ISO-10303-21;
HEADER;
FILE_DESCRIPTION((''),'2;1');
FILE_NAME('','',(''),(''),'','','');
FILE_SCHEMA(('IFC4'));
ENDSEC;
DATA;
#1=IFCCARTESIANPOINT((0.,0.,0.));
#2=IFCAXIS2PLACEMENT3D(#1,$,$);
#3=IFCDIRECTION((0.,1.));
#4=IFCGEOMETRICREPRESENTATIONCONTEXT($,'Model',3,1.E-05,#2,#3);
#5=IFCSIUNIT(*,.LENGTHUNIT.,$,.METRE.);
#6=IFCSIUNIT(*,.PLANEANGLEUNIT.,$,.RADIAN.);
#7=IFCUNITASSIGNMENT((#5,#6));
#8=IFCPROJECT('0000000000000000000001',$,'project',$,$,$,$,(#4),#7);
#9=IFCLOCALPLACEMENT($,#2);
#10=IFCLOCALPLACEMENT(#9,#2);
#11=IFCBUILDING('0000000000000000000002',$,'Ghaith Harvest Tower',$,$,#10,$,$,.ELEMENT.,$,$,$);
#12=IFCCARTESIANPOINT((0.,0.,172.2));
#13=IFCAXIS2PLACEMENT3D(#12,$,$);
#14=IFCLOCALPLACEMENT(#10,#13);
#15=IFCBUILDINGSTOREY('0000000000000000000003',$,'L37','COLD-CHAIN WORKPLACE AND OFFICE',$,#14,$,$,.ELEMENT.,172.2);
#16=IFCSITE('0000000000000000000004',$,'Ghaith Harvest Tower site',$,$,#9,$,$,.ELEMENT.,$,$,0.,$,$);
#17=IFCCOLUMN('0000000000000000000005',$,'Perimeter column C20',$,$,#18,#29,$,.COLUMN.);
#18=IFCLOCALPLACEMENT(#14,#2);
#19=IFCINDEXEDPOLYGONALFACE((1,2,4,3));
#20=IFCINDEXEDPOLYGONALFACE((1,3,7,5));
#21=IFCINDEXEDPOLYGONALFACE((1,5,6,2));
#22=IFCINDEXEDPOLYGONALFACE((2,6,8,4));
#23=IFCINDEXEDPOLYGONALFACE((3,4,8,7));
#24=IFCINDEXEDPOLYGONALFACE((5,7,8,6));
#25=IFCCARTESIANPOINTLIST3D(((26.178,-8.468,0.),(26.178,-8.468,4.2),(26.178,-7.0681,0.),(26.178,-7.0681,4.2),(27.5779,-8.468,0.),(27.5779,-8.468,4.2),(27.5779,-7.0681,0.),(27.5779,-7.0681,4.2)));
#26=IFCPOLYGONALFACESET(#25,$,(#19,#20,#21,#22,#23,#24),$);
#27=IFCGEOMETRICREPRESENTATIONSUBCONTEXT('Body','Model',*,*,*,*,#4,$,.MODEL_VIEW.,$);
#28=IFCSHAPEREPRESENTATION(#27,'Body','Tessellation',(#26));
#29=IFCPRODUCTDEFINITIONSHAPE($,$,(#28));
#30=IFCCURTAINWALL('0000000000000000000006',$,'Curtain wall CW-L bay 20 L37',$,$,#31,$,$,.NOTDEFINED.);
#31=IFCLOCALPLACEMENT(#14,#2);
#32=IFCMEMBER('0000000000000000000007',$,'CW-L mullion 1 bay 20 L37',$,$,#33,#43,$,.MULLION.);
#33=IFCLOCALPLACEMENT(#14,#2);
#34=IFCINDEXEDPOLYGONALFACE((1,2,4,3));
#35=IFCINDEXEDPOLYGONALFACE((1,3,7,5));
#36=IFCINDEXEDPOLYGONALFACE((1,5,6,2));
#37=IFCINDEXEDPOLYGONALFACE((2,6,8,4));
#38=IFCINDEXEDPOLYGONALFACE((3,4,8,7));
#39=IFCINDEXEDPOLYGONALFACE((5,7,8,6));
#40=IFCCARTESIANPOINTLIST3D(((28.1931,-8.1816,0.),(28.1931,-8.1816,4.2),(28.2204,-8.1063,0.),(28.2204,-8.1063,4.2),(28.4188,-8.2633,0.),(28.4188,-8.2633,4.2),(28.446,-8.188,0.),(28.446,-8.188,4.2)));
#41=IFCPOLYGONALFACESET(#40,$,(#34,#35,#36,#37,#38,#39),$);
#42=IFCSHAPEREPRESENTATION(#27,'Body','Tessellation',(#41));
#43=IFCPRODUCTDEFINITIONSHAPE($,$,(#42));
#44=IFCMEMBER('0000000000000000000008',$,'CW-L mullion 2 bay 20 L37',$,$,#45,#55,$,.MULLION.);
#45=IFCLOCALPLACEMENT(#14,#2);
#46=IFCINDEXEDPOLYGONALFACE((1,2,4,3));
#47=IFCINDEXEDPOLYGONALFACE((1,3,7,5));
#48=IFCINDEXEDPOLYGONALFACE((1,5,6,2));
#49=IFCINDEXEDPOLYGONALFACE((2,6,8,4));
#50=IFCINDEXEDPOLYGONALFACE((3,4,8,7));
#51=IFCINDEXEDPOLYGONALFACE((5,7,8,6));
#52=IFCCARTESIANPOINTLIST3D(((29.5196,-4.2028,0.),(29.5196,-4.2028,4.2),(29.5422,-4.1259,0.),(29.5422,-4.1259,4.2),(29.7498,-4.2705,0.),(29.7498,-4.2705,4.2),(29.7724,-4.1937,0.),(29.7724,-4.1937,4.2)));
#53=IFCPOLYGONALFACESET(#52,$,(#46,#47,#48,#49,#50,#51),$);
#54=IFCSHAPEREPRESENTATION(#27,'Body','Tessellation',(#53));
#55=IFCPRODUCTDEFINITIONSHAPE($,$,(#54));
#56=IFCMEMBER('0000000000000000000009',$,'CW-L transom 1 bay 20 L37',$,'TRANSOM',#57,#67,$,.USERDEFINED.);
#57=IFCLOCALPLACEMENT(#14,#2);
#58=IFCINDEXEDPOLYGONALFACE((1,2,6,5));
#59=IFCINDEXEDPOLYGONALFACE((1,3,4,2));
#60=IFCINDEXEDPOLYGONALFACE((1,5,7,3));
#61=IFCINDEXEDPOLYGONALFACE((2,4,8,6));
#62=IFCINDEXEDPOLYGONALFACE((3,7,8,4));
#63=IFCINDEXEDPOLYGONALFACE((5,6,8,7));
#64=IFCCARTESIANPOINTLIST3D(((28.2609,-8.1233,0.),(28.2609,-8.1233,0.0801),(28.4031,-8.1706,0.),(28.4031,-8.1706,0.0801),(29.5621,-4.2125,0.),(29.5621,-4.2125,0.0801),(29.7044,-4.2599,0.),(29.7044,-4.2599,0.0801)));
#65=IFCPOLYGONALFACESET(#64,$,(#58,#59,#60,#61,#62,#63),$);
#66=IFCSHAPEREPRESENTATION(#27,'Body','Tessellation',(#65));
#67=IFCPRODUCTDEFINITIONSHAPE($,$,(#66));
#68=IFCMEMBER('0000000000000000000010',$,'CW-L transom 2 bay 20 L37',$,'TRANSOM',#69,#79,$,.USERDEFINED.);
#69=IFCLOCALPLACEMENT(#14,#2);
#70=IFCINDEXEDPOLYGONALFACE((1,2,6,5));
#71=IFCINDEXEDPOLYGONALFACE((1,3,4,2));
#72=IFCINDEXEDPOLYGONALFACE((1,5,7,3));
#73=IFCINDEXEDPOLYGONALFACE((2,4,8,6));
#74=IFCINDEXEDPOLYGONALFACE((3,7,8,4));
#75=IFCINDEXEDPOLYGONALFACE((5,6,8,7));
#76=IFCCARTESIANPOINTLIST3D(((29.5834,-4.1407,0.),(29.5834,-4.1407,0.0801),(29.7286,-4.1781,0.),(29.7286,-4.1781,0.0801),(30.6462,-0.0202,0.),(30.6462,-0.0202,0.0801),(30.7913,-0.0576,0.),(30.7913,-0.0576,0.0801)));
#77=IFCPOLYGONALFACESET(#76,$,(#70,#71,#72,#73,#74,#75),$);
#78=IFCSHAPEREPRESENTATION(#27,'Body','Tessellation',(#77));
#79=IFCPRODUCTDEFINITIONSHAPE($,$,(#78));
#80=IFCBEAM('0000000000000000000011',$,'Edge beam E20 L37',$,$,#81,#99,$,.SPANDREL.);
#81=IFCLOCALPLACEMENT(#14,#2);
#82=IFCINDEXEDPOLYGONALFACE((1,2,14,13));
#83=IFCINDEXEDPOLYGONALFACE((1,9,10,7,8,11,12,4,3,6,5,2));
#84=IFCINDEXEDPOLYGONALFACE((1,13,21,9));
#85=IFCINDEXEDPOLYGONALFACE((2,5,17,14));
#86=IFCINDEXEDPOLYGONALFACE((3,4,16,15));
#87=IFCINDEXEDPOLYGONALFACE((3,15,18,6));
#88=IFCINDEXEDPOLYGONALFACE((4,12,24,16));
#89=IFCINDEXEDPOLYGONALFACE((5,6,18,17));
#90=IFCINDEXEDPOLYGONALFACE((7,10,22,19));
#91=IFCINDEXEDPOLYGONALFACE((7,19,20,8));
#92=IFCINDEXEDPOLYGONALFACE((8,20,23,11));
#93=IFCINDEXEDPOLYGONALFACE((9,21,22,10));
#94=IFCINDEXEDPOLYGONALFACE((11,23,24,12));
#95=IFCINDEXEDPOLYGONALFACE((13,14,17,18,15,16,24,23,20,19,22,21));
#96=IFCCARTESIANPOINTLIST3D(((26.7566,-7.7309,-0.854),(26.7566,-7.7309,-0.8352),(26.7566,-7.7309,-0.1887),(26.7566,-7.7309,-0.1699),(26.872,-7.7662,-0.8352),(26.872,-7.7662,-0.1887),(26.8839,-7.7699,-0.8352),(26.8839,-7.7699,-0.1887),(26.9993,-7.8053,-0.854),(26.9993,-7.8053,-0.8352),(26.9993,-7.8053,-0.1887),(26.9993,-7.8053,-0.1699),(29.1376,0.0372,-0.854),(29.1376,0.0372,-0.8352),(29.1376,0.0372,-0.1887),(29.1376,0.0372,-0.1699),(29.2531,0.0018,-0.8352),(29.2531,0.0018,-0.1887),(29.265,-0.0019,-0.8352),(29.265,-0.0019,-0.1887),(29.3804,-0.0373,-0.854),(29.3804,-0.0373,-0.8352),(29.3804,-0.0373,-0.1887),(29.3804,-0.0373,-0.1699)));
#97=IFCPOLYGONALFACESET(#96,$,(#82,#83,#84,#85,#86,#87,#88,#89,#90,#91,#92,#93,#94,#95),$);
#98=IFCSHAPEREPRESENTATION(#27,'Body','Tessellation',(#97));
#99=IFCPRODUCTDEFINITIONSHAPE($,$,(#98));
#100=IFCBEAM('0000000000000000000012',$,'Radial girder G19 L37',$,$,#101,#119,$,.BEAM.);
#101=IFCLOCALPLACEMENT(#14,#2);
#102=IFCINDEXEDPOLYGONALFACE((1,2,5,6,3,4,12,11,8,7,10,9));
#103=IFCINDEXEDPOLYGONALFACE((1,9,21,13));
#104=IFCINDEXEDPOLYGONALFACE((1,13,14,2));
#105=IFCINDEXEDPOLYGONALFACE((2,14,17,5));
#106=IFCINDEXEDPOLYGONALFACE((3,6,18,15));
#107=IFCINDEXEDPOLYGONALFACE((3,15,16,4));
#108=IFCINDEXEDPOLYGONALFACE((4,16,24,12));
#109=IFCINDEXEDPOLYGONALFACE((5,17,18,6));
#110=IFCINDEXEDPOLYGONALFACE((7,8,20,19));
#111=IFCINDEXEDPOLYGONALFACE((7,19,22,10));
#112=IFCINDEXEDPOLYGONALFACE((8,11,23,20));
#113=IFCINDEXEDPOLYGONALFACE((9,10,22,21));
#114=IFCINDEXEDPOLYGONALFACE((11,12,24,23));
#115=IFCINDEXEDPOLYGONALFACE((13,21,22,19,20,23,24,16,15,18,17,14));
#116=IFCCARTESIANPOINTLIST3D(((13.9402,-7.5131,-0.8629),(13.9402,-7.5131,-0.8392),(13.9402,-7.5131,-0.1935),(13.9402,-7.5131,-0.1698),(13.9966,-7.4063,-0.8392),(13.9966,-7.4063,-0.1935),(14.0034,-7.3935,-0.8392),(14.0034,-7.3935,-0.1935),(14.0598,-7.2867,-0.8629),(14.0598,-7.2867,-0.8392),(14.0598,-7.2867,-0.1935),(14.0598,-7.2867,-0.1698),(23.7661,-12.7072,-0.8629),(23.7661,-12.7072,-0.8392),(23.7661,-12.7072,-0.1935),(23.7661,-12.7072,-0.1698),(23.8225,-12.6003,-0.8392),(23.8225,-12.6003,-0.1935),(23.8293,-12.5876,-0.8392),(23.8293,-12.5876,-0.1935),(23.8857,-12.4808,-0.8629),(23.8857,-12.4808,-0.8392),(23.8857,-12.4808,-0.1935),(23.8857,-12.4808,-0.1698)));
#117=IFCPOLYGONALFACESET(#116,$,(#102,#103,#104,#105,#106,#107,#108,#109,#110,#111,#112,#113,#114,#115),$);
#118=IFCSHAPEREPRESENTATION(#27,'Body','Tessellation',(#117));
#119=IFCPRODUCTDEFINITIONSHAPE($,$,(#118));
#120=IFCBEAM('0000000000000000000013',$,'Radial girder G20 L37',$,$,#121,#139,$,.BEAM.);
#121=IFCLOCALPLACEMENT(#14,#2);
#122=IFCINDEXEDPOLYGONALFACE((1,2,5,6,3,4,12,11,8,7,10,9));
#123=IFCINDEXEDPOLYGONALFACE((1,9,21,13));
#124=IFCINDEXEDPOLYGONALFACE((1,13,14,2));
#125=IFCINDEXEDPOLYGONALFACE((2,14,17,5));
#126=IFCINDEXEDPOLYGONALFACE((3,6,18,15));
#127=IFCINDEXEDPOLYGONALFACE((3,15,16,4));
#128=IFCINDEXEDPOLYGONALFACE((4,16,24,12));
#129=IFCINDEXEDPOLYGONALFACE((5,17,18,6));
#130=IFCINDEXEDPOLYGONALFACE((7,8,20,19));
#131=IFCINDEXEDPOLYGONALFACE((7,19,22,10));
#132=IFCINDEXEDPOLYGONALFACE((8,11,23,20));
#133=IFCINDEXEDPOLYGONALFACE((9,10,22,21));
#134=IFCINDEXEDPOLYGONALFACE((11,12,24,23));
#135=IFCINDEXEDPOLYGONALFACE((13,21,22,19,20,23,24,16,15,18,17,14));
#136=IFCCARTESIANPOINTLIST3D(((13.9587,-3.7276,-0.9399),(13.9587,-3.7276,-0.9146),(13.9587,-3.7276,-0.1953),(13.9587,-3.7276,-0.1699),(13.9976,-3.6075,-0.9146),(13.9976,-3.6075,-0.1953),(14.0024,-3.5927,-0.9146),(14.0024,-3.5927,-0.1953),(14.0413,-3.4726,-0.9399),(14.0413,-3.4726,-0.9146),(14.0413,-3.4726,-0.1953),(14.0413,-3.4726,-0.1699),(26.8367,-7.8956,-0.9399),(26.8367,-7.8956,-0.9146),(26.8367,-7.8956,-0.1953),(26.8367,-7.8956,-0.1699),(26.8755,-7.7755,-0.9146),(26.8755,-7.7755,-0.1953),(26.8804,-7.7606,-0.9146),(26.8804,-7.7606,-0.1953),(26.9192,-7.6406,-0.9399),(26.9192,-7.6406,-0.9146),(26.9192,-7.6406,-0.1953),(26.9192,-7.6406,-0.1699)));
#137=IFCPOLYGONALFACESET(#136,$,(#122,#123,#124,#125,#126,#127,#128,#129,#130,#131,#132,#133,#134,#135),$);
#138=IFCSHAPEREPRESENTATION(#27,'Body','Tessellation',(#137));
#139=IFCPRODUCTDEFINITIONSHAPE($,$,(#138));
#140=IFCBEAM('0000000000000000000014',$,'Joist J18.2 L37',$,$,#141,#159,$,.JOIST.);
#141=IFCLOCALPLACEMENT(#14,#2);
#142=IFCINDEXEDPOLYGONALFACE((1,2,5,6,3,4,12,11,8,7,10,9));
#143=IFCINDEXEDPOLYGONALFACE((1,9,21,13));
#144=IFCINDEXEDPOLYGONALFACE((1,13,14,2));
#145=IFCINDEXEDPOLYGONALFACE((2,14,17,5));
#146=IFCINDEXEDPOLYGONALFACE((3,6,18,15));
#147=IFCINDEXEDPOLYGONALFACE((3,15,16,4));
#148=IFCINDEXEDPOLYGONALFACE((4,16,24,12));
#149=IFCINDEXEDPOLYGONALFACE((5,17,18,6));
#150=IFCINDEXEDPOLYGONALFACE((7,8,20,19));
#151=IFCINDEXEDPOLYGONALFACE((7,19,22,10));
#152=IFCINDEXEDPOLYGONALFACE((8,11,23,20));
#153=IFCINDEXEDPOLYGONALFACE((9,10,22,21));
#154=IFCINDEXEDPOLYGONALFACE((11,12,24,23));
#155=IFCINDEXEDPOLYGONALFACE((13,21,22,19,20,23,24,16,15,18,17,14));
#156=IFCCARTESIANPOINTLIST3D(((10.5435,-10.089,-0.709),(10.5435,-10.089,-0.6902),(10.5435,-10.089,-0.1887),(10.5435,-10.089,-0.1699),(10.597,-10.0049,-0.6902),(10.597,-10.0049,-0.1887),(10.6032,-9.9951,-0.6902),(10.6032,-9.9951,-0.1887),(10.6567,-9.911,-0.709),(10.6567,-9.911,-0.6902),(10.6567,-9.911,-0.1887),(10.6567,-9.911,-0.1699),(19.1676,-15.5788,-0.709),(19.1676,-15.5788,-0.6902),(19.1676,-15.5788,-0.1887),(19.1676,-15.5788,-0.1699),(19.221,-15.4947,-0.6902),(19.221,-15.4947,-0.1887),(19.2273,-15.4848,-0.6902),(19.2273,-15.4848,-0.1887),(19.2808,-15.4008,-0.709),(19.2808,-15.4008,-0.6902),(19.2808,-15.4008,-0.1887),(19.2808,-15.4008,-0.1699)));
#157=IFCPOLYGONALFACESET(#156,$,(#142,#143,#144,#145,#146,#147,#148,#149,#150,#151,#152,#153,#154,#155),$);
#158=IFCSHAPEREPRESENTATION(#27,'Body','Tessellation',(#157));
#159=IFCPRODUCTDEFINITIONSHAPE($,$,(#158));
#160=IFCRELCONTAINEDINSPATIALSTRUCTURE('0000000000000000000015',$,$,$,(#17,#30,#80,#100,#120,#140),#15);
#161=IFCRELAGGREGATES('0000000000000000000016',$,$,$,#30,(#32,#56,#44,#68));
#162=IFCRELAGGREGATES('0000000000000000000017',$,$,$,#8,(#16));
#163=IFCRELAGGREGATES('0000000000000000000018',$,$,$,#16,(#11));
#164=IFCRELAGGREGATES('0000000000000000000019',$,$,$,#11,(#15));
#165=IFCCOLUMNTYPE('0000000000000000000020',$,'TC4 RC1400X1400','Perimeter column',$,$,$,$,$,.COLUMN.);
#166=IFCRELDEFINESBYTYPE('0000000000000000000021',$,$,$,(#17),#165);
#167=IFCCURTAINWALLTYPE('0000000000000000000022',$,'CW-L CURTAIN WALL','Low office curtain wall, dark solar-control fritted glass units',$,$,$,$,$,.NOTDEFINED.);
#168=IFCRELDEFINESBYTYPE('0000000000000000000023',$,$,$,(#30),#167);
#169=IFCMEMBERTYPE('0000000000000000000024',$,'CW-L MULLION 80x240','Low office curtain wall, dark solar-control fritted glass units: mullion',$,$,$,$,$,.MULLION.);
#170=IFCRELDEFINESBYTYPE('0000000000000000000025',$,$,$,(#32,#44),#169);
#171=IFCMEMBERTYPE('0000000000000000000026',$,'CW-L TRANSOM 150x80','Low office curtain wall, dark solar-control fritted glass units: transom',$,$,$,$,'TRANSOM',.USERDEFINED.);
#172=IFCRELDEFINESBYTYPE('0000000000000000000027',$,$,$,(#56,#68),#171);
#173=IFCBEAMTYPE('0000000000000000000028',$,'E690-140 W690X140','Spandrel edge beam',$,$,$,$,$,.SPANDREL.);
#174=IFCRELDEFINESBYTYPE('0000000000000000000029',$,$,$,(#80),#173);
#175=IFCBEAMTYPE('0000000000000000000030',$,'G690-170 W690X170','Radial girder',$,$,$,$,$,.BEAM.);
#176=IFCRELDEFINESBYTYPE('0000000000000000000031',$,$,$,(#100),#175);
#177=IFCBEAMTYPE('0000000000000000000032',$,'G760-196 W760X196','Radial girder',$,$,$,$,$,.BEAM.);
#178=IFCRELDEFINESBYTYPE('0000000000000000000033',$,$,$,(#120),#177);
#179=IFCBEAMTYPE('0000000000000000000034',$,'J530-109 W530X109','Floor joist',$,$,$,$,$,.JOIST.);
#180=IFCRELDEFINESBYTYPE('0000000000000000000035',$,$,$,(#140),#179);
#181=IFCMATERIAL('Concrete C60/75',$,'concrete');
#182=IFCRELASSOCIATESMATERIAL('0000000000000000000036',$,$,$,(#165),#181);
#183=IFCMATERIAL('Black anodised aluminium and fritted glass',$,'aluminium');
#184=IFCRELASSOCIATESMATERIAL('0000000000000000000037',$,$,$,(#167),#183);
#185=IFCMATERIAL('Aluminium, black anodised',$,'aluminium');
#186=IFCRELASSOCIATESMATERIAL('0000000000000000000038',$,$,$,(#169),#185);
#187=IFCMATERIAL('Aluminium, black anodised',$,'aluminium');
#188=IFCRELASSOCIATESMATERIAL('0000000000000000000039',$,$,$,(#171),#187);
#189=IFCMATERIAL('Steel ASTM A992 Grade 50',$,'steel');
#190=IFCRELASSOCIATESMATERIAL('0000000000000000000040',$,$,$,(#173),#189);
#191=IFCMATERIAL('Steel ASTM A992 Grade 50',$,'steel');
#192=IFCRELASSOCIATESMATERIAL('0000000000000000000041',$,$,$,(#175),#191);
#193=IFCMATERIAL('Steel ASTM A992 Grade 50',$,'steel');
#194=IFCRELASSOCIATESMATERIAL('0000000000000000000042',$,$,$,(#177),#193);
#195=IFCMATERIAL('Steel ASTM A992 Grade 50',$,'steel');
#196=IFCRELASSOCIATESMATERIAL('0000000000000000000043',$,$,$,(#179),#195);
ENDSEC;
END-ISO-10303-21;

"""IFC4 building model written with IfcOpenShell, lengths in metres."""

from ifc_helpers import new_model, si_unit, direction, frame, origin, origin_2d, place, context, subcontext, project, spatial, rectangle, i_section, extrude, material, material_profile, profile_set, type_object, element, aggregate, save


model = new_model("IFC4")

# Units and contexts
model_context = context("Model", 3, precision=1e-05, world=origin(), true_north=direction((0.0, 1.0)))
body_context = subcontext(model_context, "Body", "Model", "MODEL_VIEW")
ifc_project = project(units=[si_unit("LENGTHUNIT", "METRE"), si_unit("PLANEANGLEUNIT", "RADIAN")], contexts=[model_context])

# Site, building, storey
site_placement = place(None, origin())
site = spatial("IfcSite", under=ifc_project, at=site_placement, Name="Ghaith Harvest Tower site", CompositionType="ELEMENT", RefElevation=0.0)
building_placement = place(site_placement, origin())
building = spatial("IfcBuilding", under=site, at=building_placement, Name="Ghaith Harvest Tower", CompositionType="ELEMENT")
storey_placement = place(building_placement, frame((0.0, 0.0, 172.2)))
storey = spatial("IfcBuildingStorey", under=building, at=storey_placement, Name="L37", Description="COLD-CHAIN WORKPLACE AND OFFICE", CompositionType="ELEMENT", Elevation=172.2)

# Column
ifc_material_1 = material(Name="Concrete C60/75", Category="concrete")
ifc_material_profile_1 = material_profile(ifc_material_1, rectangle(XDim=1.3999, YDim=1.3999, at=origin_2d()), Name="RC1400X1400")
ifc_profile_set_1 = profile_set([ifc_material_profile_1], Name="Concrete C60/75")
column_type = type_object("IfcColumnType", Name="TC4 RC1400X1400", Description="Perimeter column", PredefinedType="COLUMN", material=ifc_profile_set_1)
column_placement = place(storey_placement, frame((26.8779, -7.7681, 0.0), z_axis=(0.0, 0.0, 1.0), x_axis=(1.0, 0.0, 0.0)))
element("IfcColumn", 1, at=column_placement, inside=storey, type_object=column_type, Name="Perimeter column C20", PredefinedType="COLUMN", context=body_context, shape_type="SweptSolid", body=[
    extrude(rectangle(XDim=1.3999, YDim=1.3999, at=origin_2d()), origin(), (0.0, 0.0, 1.0), 4.2),
])

# Curtain wall, members
ifc_material_2 = material(Name="Black anodised aluminium and fritted glass", Category="aluminium")
curtain_wall_type = type_object("IfcCurtainWallType", Name="CW-L CURTAIN WALL", Description="Low office curtain wall, dark solar-control fritted glass units", PredefinedType="NOTDEFINED", material=ifc_material_2)
curtain_wall_placement = place(storey_placement, origin())
curtain_wall = element("IfcCurtainWall", 2, at=curtain_wall_placement, inside=storey, type_object=curtain_wall_type, Name="Curtain wall CW-L bay 20 L37", PredefinedType="NOTDEFINED")
ifc_material_3 = material(Name="Aluminium, black anodised", Category="aluminium")
ifc_material_profile_2 = material_profile(ifc_material_3, rectangle(XDim=0.0801, YDim=0.24, at=origin_2d()), Name="CW-L MULLION 80x240")
ifc_profile_set_2 = profile_set([ifc_material_profile_2], Name="Aluminium, black anodised")
member_type_1 = type_object("IfcMemberType", Name="CW-L MULLION 80x240", Description="Low office curtain wall, dark solar-control fritted glass units: mullion", PredefinedType="MULLION", material=ifc_profile_set_2)
member_1_placement = place(storey_placement, frame((28.3196, -8.1848, 0.0), z_axis=(0.0, 0.0, 1.0), x_axis=(0.340574, 0.940218, 0.0)))
member_1 = element("IfcMember", 3, at=member_1_placement, type_object=member_type_1, Name="CW-L mullion 1 bay 20 L37", PredefinedType="MULLION", context=body_context, shape_type="SweptSolid", body=[
    extrude(rectangle(XDim=0.0801, YDim=0.24, at=origin_2d()), origin(), (0.0, 0.0, 1.0), 4.2),
])
member_2_placement = place(storey_placement, frame((29.646, -4.1982, 0.0), z_axis=(0.0, 0.0, 1.0), x_axis=(0.282375, 0.959304, 0.0)))
member_2 = element("IfcMember", 4, at=member_2_placement, type_object=member_type_1, Name="CW-L mullion 2 bay 20 L37", PredefinedType="MULLION", context=body_context, shape_type="SweptSolid", body=[
    extrude(rectangle(XDim=0.0801, YDim=0.24, at=origin_2d()), origin(), (0.0, 0.0, 1.0), 4.2),
])
ifc_material_4 = material(Name="Aluminium, black anodised", Category="aluminium")
ifc_material_profile_3 = material_profile(ifc_material_4, rectangle(XDim=0.1499, YDim=0.0801, at=origin_2d()), Name="CW-L TRANSOM 150x80")
ifc_profile_set_3 = profile_set([ifc_material_profile_3], Name="Aluminium, black anodised")
member_type_2 = type_object("IfcMemberType", Name="CW-L TRANSOM 150x80", Description="Low office curtain wall, dark solar-control fritted glass units: transom", ElementType="TRANSOM", PredefinedType="USERDEFINED", material=ifc_profile_set_3)
member_3_placement = place(storey_placement, frame((28.332, -8.147, 0.04), z_axis=(0.315712, 0.948855, 0.0), x_axis=(-0.948855, 0.315712, 0.0)))
member_3 = element("IfcMember", 5, at=member_3_placement, type_object=member_type_2, Name="CW-L transom 1 bay 20 L37", ObjectType="TRANSOM", PredefinedType="USERDEFINED", context=body_context, shape_type="SweptSolid", body=[
    extrude(rectangle(XDim=0.1499, YDim=0.0801, at=origin_2d()), origin(), (0.0, 0.0, 1.0), 4.1216),
])
member_4_placement = place(storey_placement, frame((29.656, -4.1594, 0.04), z_axis=(0.249737, 0.968314, 0.0), x_axis=(-0.968314, 0.249737, 0.0)))
member_4 = element("IfcMember", 6, at=member_4_placement, type_object=member_type_2, Name="CW-L transom 2 bay 20 L37", ObjectType="TRANSOM", PredefinedType="USERDEFINED", context=body_context, shape_type="SweptSolid", body=[
    extrude(rectangle(XDim=0.1499, YDim=0.0801, at=origin_2d()), origin(), (0.0, 0.0, 1.0), 4.2554),
])

# Beams
ifc_material_5 = material(Name="Steel ASTM A992 Grade 50", Category="steel")
ifc_material_profile_4 = material_profile(ifc_material_5, i_section(OverallWidth=0.2539, OverallDepth=0.6841, WebThickness=0.0125, FlangeThickness=0.0188, at=origin_2d()), Name="W690X140")
ifc_profile_set_4 = profile_set([ifc_material_profile_4], Name="Steel ASTM A992 Grade 50")
beam_type_1 = type_object("IfcBeamType", Name="E690-140 W690X140", Description="Spandrel edge beam", PredefinedType="SPANDREL", material=ifc_profile_set_4)
beam_1_placement = place(storey_placement, frame((26.8779, -7.7681, -0.512), z_axis=(0.293066, 0.956092, 0.0), x_axis=(-0.956092, 0.293066, 0.0)))
element("IfcBeam", 7, at=beam_1_placement, inside=storey, type_object=beam_type_1, Name="Edge beam E20 L37", PredefinedType="SPANDREL", context=body_context, shape_type="SweptSolid", body=[
    extrude(i_section(OverallWidth=0.2539, OverallDepth=0.6841, WebThickness=0.0125, FlangeThickness=0.0188, at=origin_2d()), origin(), (0.0, 0.0, 1.0), 8.1248),
])
ifc_material_6 = material(Name="Steel ASTM A992 Grade 50", Category="steel")
ifc_material_profile_5 = material_profile(ifc_material_6, i_section(OverallWidth=0.2561, OverallDepth=0.6931, WebThickness=0.0144, FlangeThickness=0.0237, at=origin_2d()), Name="W690X170")
ifc_profile_set_5 = profile_set([ifc_material_profile_5], Name="Steel ASTM A992 Grade 50")
beam_type_2 = type_object("IfcBeamType", Name="G690-170 W690X170", Description="Radial girder", PredefinedType="BEAM", material=ifc_profile_set_5)
beam_2_placement = place(storey_placement, frame((14.0, -7.3999, -0.5164), z_axis=(0.884081, -0.467335, 0.0), x_axis=(0.467335, 0.884081, 0.0)))
element("IfcBeam", 8, at=beam_2_placement, inside=storey, type_object=beam_type_2, Name="Radial girder G19 L37", PredefinedType="BEAM", context=body_context, shape_type="SweptSolid", body=[
    extrude(i_section(OverallWidth=0.2561, OverallDepth=0.6931, WebThickness=0.0144, FlangeThickness=0.0237, at=origin_2d()), origin(), (0.0, 0.0, 1.0), 11.1143),
])
ifc_material_7 = material(Name="Steel ASTM A992 Grade 50", Category="steel")
ifc_material_profile_6 = material_profile(ifc_material_7, i_section(OverallWidth=0.2681, OverallDepth=0.77, WebThickness=0.0156, FlangeThickness=0.0254, at=origin_2d()), Name="W760X196")
ifc_profile_set_6 = profile_set([ifc_material_profile_6], Name="Steel ASTM A992 Grade 50")
beam_type_3 = type_object("IfcBeamType", Name="G760-196 W760X196", Description="Radial girder", PredefinedType="BEAM", material=ifc_profile_set_6)
beam_3_placement = place(storey_placement, frame((14.0, -3.6001, -0.5549), z_axis=(0.95141, -0.307926, 0.0), x_axis=(0.307926, 0.95141, 0.0)))
element("IfcBeam", 9, at=beam_3_placement, inside=storey, type_object=beam_type_3, Name="Radial girder G20 L37", PredefinedType="BEAM", context=body_context, shape_type="SweptSolid", body=[
    extrude(i_section(OverallWidth=0.2681, OverallDepth=0.77, WebThickness=0.0156, FlangeThickness=0.0254, at=origin_2d()), origin(), (0.0, 0.0, 1.0), 13.5356),
])
ifc_material_8 = material(Name="Steel ASTM A992 Grade 50", Category="steel")
ifc_material_profile_7 = material_profile(ifc_material_8, i_section(OverallWidth=0.2109, OverallDepth=0.5391, WebThickness=0.0117, FlangeThickness=0.0188, at=origin_2d()), Name="W530X109")
ifc_profile_set_7 = profile_set([ifc_material_profile_7], Name="Steel ASTM A992 Grade 50")
beam_type_4 = type_object("IfcBeamType", Name="J530-109 W530X109", Description="Floor joist", PredefinedType="JOIST", material=ifc_profile_set_7)
beam_4_placement = place(storey_placement, frame((10.6001, -10.0, -0.4395), z_axis=(0.843585, -0.536996, 0.0), x_axis=(0.536996, 0.843585, 0.0)))
element("IfcBeam", 10, at=beam_4_placement, inside=storey, type_object=beam_type_4, Name="Joist J18.2 L37", PredefinedType="JOIST", context=body_context, shape_type="SweptSolid", body=[
    extrude(i_section(OverallWidth=0.2109, OverallDepth=0.5391, WebThickness=0.0117, FlangeThickness=0.0188, at=origin_2d()), origin(), (0.0, 0.0, 1.0), 10.2231),
])

aggregate(curtain_wall, [member_1, member_3, member_2, member_4])

save(model, "model.ifc")
